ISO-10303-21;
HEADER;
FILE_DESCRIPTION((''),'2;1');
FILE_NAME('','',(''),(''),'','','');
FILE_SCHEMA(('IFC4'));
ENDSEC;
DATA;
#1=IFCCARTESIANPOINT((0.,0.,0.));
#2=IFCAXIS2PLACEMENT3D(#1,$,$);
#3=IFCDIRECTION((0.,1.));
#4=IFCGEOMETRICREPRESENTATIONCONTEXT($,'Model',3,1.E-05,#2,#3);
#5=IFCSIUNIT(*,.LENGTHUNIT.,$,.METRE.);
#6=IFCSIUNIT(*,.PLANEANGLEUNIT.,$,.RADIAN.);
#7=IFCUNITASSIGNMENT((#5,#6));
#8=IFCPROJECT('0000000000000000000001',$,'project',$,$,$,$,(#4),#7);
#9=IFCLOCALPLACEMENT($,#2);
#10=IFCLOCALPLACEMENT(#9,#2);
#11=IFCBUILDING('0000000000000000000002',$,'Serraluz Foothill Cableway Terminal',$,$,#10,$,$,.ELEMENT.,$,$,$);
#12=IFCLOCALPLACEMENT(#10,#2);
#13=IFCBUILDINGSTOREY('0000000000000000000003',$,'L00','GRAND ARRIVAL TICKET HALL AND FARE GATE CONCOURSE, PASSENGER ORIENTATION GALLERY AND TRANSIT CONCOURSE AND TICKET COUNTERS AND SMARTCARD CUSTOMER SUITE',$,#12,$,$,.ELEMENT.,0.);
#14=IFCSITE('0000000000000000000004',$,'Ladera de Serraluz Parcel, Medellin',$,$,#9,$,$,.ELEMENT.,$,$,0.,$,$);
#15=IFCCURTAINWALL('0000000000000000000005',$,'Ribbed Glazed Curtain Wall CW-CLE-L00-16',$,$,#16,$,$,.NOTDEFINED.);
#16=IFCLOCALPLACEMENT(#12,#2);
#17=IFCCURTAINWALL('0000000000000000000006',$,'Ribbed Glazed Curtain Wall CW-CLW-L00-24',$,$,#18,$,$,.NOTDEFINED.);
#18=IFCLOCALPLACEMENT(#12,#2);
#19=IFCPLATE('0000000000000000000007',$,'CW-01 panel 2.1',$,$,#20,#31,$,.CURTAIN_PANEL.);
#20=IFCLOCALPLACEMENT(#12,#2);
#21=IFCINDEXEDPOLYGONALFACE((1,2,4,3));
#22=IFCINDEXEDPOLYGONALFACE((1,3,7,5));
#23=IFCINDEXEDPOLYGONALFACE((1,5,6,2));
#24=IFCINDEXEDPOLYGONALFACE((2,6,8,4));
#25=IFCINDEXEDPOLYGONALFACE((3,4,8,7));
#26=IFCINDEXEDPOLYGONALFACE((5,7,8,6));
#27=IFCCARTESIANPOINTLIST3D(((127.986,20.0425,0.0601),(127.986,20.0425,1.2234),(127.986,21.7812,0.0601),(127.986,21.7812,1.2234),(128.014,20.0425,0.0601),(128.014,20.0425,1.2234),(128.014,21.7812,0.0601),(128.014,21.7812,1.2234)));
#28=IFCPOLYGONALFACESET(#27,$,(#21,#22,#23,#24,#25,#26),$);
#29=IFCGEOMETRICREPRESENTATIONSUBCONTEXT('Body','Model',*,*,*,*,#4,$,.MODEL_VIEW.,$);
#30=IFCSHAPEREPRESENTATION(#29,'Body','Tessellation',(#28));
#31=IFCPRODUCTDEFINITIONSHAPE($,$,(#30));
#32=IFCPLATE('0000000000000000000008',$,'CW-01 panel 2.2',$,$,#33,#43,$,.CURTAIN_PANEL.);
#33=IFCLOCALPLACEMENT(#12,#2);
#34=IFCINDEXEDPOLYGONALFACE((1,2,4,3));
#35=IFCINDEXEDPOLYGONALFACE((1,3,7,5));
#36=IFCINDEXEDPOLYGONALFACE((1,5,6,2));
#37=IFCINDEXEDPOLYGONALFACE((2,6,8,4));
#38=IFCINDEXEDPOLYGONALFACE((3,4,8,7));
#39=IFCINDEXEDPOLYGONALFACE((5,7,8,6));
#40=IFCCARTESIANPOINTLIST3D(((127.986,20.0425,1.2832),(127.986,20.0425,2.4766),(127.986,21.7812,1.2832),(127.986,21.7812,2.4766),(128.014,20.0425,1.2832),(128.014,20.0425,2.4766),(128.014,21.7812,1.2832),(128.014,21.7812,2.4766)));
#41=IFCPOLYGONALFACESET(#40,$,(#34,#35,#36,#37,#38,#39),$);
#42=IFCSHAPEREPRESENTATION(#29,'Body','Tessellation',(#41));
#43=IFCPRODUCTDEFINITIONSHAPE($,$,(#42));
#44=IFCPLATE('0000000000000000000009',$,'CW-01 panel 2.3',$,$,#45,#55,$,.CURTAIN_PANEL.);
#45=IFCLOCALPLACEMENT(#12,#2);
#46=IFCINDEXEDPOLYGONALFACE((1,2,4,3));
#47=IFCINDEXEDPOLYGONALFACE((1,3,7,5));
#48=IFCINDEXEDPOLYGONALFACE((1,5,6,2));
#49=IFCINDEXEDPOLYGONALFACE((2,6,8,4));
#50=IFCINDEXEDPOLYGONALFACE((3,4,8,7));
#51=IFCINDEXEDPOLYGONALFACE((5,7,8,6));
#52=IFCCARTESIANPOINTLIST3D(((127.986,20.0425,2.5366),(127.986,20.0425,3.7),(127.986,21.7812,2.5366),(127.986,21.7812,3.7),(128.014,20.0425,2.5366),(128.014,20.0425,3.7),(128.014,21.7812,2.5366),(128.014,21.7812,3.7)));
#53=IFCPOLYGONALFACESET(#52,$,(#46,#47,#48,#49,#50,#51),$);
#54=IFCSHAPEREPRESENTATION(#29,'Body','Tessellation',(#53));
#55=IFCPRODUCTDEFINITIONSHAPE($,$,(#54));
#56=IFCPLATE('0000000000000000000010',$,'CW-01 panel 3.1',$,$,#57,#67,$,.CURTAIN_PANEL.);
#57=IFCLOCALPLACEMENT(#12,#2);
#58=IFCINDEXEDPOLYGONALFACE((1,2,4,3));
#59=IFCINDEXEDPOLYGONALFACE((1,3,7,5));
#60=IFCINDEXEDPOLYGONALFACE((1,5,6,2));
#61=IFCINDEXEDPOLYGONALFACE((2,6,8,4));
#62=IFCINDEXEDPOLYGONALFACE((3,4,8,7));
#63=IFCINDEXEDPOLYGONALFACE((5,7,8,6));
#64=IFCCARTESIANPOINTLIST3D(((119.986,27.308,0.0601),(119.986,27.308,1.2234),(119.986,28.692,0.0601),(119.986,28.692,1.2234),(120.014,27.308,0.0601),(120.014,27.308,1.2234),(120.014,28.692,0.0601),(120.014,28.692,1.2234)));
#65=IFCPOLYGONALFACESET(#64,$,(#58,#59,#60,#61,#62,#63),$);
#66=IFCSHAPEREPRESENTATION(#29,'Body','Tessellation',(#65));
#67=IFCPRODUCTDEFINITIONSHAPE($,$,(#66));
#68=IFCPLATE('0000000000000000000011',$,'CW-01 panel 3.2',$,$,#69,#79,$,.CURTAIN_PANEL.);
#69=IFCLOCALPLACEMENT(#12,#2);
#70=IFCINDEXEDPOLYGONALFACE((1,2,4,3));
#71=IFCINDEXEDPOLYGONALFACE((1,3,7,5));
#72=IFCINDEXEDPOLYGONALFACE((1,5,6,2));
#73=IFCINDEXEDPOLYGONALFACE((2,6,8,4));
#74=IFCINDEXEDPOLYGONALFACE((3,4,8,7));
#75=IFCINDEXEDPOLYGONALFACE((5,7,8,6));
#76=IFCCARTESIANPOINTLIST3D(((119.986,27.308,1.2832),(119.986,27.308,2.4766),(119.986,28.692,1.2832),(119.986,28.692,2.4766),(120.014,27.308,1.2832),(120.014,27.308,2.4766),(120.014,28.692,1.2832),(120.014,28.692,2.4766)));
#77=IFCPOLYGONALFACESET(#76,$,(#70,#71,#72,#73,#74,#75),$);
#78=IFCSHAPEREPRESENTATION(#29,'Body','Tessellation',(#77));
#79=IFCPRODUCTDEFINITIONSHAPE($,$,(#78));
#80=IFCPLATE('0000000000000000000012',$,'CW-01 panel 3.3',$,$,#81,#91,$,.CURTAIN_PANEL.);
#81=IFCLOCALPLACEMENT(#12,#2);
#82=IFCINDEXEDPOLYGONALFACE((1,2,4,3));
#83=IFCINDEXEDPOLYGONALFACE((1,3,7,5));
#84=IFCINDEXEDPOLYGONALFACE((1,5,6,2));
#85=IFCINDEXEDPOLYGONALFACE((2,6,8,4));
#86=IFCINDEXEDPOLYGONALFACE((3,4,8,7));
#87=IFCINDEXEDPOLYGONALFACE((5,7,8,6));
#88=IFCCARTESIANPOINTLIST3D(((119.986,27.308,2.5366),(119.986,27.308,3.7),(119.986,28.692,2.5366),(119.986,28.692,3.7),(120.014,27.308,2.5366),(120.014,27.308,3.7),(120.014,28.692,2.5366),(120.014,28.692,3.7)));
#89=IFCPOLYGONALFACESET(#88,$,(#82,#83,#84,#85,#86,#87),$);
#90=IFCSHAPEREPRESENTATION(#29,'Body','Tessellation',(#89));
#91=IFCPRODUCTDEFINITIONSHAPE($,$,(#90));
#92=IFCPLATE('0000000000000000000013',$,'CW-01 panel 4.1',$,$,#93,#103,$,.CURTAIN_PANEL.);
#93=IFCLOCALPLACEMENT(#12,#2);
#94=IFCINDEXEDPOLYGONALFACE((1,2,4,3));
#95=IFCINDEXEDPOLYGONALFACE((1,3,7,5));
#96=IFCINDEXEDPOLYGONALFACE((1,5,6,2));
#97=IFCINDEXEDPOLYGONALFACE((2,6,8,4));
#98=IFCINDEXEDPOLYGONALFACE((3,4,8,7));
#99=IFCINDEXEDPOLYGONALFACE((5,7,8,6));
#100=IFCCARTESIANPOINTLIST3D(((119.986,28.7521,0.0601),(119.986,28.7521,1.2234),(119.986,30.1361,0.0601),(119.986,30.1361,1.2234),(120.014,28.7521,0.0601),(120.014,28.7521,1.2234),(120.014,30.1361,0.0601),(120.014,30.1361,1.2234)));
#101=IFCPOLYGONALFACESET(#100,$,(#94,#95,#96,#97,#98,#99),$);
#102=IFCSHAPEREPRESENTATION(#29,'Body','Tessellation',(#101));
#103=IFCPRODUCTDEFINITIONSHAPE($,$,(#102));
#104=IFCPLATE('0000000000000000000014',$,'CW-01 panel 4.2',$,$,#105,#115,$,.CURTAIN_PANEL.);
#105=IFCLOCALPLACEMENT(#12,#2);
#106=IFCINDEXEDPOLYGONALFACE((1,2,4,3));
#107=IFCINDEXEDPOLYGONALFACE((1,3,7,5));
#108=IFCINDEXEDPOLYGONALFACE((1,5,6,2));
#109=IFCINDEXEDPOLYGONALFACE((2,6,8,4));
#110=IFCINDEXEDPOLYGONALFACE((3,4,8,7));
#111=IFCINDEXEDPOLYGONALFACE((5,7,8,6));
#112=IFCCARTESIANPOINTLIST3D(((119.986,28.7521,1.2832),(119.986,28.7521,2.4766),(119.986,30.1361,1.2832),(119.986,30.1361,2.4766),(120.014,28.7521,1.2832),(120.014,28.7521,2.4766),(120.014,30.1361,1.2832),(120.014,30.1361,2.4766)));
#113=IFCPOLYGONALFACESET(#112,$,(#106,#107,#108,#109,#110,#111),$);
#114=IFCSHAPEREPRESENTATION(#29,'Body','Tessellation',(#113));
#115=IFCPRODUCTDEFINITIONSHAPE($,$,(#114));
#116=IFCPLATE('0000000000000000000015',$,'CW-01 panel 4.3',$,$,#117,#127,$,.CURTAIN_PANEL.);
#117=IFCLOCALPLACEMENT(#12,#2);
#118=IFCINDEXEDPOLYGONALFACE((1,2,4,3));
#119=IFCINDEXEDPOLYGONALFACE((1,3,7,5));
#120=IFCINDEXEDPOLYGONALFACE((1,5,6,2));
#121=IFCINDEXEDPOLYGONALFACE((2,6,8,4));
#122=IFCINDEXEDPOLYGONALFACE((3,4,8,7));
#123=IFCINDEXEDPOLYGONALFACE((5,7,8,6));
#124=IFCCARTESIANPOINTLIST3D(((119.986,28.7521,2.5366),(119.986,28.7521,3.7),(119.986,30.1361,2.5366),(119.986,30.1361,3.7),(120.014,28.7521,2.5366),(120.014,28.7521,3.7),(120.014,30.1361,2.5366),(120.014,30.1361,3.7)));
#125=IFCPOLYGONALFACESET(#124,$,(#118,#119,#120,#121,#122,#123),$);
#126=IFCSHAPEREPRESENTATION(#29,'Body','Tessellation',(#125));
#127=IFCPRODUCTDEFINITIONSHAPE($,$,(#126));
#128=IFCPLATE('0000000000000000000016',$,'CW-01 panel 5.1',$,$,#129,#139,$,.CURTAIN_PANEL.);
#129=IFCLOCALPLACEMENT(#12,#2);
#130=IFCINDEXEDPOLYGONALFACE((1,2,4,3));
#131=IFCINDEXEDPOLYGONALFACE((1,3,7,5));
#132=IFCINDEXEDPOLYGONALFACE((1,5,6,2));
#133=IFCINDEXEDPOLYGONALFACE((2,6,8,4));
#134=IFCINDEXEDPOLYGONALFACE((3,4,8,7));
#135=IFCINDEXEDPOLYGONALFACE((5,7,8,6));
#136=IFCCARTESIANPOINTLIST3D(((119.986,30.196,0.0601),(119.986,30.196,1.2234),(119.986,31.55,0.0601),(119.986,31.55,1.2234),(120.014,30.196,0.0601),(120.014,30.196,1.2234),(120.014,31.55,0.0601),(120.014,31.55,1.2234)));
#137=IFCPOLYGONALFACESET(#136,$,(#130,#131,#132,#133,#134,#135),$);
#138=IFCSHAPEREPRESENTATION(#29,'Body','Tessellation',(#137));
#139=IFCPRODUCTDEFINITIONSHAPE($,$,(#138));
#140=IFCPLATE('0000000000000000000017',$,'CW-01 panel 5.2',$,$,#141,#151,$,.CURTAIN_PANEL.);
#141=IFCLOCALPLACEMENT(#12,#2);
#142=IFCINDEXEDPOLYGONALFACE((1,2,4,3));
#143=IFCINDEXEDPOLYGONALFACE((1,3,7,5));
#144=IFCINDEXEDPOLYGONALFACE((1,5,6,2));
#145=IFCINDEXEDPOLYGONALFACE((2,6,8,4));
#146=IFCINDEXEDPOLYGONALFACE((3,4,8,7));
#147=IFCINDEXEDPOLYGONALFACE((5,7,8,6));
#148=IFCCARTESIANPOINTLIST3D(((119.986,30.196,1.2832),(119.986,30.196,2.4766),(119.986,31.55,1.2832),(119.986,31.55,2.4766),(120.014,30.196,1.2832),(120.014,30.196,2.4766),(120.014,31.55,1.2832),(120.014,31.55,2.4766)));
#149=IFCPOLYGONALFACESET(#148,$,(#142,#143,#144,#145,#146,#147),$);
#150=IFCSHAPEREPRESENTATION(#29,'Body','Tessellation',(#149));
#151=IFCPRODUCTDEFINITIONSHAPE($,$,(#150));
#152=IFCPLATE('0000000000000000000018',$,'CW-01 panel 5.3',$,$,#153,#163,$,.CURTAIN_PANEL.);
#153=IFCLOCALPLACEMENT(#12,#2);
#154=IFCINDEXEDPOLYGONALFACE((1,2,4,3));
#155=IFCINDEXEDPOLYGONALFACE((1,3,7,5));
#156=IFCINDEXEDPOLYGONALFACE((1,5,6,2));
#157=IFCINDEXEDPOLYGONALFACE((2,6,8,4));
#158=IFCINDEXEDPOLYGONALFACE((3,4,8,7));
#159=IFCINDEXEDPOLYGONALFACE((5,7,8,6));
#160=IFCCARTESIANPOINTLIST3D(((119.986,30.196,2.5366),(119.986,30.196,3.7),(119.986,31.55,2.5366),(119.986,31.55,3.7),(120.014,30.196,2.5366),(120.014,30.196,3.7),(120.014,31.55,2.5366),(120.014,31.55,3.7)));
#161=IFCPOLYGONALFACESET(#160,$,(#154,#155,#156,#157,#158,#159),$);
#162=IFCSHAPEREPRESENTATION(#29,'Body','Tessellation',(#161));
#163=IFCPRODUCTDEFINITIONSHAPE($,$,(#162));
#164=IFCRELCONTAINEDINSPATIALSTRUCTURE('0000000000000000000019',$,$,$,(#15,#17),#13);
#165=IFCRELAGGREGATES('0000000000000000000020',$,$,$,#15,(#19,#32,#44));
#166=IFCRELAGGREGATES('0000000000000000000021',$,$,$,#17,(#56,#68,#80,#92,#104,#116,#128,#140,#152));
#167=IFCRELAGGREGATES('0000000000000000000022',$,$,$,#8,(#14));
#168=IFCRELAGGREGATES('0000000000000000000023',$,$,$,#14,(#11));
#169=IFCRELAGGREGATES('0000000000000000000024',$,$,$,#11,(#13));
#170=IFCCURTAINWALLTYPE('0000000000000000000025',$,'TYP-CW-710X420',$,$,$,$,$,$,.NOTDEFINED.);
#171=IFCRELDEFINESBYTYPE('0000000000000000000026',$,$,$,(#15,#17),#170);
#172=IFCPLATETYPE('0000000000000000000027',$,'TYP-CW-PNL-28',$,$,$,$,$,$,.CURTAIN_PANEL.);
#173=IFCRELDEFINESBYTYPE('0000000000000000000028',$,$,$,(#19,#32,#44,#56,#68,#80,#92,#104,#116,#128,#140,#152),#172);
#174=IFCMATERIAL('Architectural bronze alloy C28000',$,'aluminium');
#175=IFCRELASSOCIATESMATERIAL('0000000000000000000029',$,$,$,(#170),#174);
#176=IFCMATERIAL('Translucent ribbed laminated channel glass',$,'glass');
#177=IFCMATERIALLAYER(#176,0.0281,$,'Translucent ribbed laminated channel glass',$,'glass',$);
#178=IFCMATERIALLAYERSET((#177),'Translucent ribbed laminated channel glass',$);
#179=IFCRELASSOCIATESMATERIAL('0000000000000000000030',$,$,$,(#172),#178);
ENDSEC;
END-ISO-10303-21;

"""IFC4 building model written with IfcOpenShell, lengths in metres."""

from ifc_helpers import new_model, si_unit, direction, frame, origin, origin_2d, place, context, subcontext, project, spatial, rectangle, extrude, material, layer, layer_set, type_object, element, aggregate, save


model = new_model("IFC4")

# Units and contexts
model_context = context("Model", 3, precision=1e-05, world=origin(), true_north=direction((0.0, 1.0)))
body_context = subcontext(model_context, "Body", "Model", "MODEL_VIEW")
ifc_project = project(units=[si_unit("LENGTHUNIT", "METRE"), si_unit("PLANEANGLEUNIT", "RADIAN")], contexts=[model_context])

# Site, building, storey
site_placement = place(None, origin())
site = spatial("IfcSite", under=ifc_project, at=site_placement, Name="Ladera de Serraluz Parcel, Medellin", CompositionType="ELEMENT", RefElevation=0.0)
building_placement = place(site_placement, origin())
building = spatial("IfcBuilding", under=site, at=building_placement, Name="Serraluz Foothill Cableway Terminal", CompositionType="ELEMENT")
storey_placement = place(building_placement, origin())
storey = spatial("IfcBuildingStorey", under=building, at=storey_placement, Name="L00", Description="GRAND ARRIVAL TICKET HALL AND FARE GATE CONCOURSE, PASSENGER ORIENTATION GALLERY AND TRANSIT CONCOURSE AND TICKET COUNTERS AND SMARTCARD CUSTOMER SUITE", CompositionType="ELEMENT", Elevation=0.0)

# Curtain wall
ifc_material_1 = material(Name="Architectural bronze alloy C28000", Category="aluminium")
curtain_wall_type = type_object("IfcCurtainWallType", Name="TYP-CW-710X420", PredefinedType="NOTDEFINED", material=ifc_material_1)
curtain_wall_1_placement = place(storey_placement, origin())
curtain_wall_1 = element("IfcCurtainWall", 1, at=curtain_wall_1_placement, inside=storey, type_object=curtain_wall_type, Name="Ribbed Glazed Curtain Wall CW-CLE-L00-16", PredefinedType="NOTDEFINED")

# Curtain wall
curtain_wall_2_placement = place(storey_placement, origin())
curtain_wall_2 = element("IfcCurtainWall", 2, at=curtain_wall_2_placement, inside=storey, type_object=curtain_wall_type, Name="Ribbed Glazed Curtain Wall CW-CLW-L00-24", PredefinedType="NOTDEFINED")

# Plates
ifc_material_2 = material(Name="Translucent ribbed laminated channel glass", Category="glass")
ifc_layer = layer(ifc_material_2, 0.0281, Name="Translucent ribbed laminated channel glass", Category="glass")
ifc_layer_set = layer_set([ifc_layer], Name="Translucent ribbed laminated channel glass")
plate_type = type_object("IfcPlateType", Name="TYP-CW-PNL-28", PredefinedType="CURTAIN_PANEL", material=ifc_layer_set)
plate_1_placement = place(storey_placement, frame((128.0, 20.9119, 0.0601), z_axis=(0.0, 0.0, 1.0), x_axis=(0.0, -1.0, 0.0)))
plate_1 = element("IfcPlate", 3, at=plate_1_placement, type_object=plate_type, Name="CW-01 panel 2.1", PredefinedType="CURTAIN_PANEL", context=body_context, shape_type="SweptSolid", body=[
    extrude(rectangle(XDim=1.7388, YDim=0.0281, at=origin_2d()), origin(), (0.0, 0.0, 1.0), 1.1633),
])
plate_2_placement = place(storey_placement, frame((128.0, 20.9119, 1.2832), z_axis=(0.0, 0.0, 1.0), x_axis=(0.0, -1.0, 0.0)))
plate_2 = element("IfcPlate", 4, at=plate_2_placement, type_object=plate_type, Name="CW-01 panel 2.2", PredefinedType="CURTAIN_PANEL", context=body_context, shape_type="SweptSolid", body=[
    extrude(rectangle(XDim=1.7388, YDim=0.0281, at=origin_2d()), origin(), (0.0, 0.0, 1.0), 1.1934),
])
plate_3_placement = place(storey_placement, frame((128.0, 20.9119, 2.5366), z_axis=(0.0, 0.0, 1.0), x_axis=(0.0, -1.0, 0.0)))
plate_3 = element("IfcPlate", 5, at=plate_3_placement, type_object=plate_type, Name="CW-01 panel 2.3", PredefinedType="CURTAIN_PANEL", context=body_context, shape_type="SweptSolid", body=[
    extrude(rectangle(XDim=1.7388, YDim=0.0281, at=origin_2d()), origin(), (0.0, 0.0, 1.0), 1.1633),
])
aggregate(curtain_wall_1, [plate_1, plate_2, plate_3])
plate_4_placement = place(storey_placement, frame((120.0, 28.0, 0.0601), z_axis=(0.0, 0.0, 1.0), x_axis=(0.0, 1.0, 0.0)))
plate_4 = element("IfcPlate", 6, at=plate_4_placement, type_object=plate_type, Name="CW-01 panel 3.1", PredefinedType="CURTAIN_PANEL", context=body_context, shape_type="SweptSolid", body=[
    extrude(rectangle(XDim=1.384, YDim=0.0281, at=origin_2d()), origin(), (0.0, 0.0, 1.0), 1.1633),
])
plate_5_placement = place(storey_placement, frame((120.0, 28.0, 1.2832), z_axis=(0.0, 0.0, 1.0), x_axis=(0.0, 1.0, 0.0)))
plate_5 = element("IfcPlate", 7, at=plate_5_placement, type_object=plate_type, Name="CW-01 panel 3.2", PredefinedType="CURTAIN_PANEL", context=body_context, shape_type="SweptSolid", body=[
    extrude(rectangle(XDim=1.384, YDim=0.0281, at=origin_2d()), origin(), (0.0, 0.0, 1.0), 1.1934),
])
plate_6_placement = place(storey_placement, frame((120.0, 28.0, 2.5366), z_axis=(0.0, 0.0, 1.0), x_axis=(0.0, 1.0, 0.0)))
plate_6 = element("IfcPlate", 8, at=plate_6_placement, type_object=plate_type, Name="CW-01 panel 3.3", PredefinedType="CURTAIN_PANEL", context=body_context, shape_type="SweptSolid", body=[
    extrude(rectangle(XDim=1.384, YDim=0.0281, at=origin_2d()), origin(), (0.0, 0.0, 1.0), 1.1633),
])
plate_7_placement = place(storey_placement, frame((120.0, 29.4441, 0.0601), z_axis=(0.0, 0.0, 1.0), x_axis=(0.0, 1.0, 0.0)))
plate_7 = element("IfcPlate", 9, at=plate_7_placement, type_object=plate_type, Name="CW-01 panel 4.1", PredefinedType="CURTAIN_PANEL", context=body_context, shape_type="SweptSolid", body=[
    extrude(rectangle(XDim=1.384, YDim=0.0281, at=origin_2d()), origin(), (0.0, 0.0, 1.0), 1.1633),
])
plate_8_placement = place(storey_placement, frame((120.0, 29.4441, 1.2832), z_axis=(0.0, 0.0, 1.0), x_axis=(0.0, 1.0, 0.0)))
plate_8 = element("IfcPlate", 10, at=plate_8_placement, type_object=plate_type, Name="CW-01 panel 4.2", PredefinedType="CURTAIN_PANEL", context=body_context, shape_type="SweptSolid", body=[
    extrude(rectangle(XDim=1.384, YDim=0.0281, at=origin_2d()), origin(), (0.0, 0.0, 1.0), 1.1934),
])
plate_9_placement = place(storey_placement, frame((120.0, 29.4441, 2.5366), z_axis=(0.0, 0.0, 1.0), x_axis=(0.0, 1.0, 0.0)))
plate_9 = element("IfcPlate", 11, at=plate_9_placement, type_object=plate_type, Name="CW-01 panel 4.3", PredefinedType="CURTAIN_PANEL", context=body_context, shape_type="SweptSolid", body=[
    extrude(rectangle(XDim=1.384, YDim=0.0281, at=origin_2d()), origin(), (0.0, 0.0, 1.0), 1.1633),
])
plate_10_placement = place(storey_placement, frame((120.0, 30.873, 0.0601), z_axis=(0.0, 0.0, 1.0), x_axis=(0.0, 1.0, 0.0)))
plate_10 = element("IfcPlate", 12, at=plate_10_placement, type_object=plate_type, Name="CW-01 panel 5.1", PredefinedType="CURTAIN_PANEL", context=body_context, shape_type="SweptSolid", body=[
    extrude(rectangle(XDim=1.354, YDim=0.0281, at=origin_2d()), origin(), (0.0, 0.0, 1.0), 1.1633),
])
plate_11_placement = place(storey_placement, frame((120.0, 30.873, 1.2832), z_axis=(0.0, 0.0, 1.0), x_axis=(0.0, 1.0, 0.0)))
plate_11 = element("IfcPlate", 13, at=plate_11_placement, type_object=plate_type, Name="CW-01 panel 5.2", PredefinedType="CURTAIN_PANEL", context=body_context, shape_type="SweptSolid", body=[
    extrude(rectangle(XDim=1.354, YDim=0.0281, at=origin_2d()), origin(), (0.0, 0.0, 1.0), 1.1934),
])
plate_12_placement = place(storey_placement, frame((120.0, 30.873, 2.5366), z_axis=(0.0, 0.0, 1.0), x_axis=(0.0, 1.0, 0.0)))
plate_12 = element("IfcPlate", 14, at=plate_12_placement, type_object=plate_type, Name="CW-01 panel 5.3", PredefinedType="CURTAIN_PANEL", context=body_context, shape_type="SweptSolid", body=[
    extrude(rectangle(XDim=1.354, YDim=0.0281, at=origin_2d()), origin(), (0.0, 0.0, 1.0), 1.1633),
])
aggregate(curtain_wall_2, [plate_4, plate_5, plate_6, plate_7, plate_8, plate_9, plate_10, plate_11, plate_12])

save(model, "model.ifc")
